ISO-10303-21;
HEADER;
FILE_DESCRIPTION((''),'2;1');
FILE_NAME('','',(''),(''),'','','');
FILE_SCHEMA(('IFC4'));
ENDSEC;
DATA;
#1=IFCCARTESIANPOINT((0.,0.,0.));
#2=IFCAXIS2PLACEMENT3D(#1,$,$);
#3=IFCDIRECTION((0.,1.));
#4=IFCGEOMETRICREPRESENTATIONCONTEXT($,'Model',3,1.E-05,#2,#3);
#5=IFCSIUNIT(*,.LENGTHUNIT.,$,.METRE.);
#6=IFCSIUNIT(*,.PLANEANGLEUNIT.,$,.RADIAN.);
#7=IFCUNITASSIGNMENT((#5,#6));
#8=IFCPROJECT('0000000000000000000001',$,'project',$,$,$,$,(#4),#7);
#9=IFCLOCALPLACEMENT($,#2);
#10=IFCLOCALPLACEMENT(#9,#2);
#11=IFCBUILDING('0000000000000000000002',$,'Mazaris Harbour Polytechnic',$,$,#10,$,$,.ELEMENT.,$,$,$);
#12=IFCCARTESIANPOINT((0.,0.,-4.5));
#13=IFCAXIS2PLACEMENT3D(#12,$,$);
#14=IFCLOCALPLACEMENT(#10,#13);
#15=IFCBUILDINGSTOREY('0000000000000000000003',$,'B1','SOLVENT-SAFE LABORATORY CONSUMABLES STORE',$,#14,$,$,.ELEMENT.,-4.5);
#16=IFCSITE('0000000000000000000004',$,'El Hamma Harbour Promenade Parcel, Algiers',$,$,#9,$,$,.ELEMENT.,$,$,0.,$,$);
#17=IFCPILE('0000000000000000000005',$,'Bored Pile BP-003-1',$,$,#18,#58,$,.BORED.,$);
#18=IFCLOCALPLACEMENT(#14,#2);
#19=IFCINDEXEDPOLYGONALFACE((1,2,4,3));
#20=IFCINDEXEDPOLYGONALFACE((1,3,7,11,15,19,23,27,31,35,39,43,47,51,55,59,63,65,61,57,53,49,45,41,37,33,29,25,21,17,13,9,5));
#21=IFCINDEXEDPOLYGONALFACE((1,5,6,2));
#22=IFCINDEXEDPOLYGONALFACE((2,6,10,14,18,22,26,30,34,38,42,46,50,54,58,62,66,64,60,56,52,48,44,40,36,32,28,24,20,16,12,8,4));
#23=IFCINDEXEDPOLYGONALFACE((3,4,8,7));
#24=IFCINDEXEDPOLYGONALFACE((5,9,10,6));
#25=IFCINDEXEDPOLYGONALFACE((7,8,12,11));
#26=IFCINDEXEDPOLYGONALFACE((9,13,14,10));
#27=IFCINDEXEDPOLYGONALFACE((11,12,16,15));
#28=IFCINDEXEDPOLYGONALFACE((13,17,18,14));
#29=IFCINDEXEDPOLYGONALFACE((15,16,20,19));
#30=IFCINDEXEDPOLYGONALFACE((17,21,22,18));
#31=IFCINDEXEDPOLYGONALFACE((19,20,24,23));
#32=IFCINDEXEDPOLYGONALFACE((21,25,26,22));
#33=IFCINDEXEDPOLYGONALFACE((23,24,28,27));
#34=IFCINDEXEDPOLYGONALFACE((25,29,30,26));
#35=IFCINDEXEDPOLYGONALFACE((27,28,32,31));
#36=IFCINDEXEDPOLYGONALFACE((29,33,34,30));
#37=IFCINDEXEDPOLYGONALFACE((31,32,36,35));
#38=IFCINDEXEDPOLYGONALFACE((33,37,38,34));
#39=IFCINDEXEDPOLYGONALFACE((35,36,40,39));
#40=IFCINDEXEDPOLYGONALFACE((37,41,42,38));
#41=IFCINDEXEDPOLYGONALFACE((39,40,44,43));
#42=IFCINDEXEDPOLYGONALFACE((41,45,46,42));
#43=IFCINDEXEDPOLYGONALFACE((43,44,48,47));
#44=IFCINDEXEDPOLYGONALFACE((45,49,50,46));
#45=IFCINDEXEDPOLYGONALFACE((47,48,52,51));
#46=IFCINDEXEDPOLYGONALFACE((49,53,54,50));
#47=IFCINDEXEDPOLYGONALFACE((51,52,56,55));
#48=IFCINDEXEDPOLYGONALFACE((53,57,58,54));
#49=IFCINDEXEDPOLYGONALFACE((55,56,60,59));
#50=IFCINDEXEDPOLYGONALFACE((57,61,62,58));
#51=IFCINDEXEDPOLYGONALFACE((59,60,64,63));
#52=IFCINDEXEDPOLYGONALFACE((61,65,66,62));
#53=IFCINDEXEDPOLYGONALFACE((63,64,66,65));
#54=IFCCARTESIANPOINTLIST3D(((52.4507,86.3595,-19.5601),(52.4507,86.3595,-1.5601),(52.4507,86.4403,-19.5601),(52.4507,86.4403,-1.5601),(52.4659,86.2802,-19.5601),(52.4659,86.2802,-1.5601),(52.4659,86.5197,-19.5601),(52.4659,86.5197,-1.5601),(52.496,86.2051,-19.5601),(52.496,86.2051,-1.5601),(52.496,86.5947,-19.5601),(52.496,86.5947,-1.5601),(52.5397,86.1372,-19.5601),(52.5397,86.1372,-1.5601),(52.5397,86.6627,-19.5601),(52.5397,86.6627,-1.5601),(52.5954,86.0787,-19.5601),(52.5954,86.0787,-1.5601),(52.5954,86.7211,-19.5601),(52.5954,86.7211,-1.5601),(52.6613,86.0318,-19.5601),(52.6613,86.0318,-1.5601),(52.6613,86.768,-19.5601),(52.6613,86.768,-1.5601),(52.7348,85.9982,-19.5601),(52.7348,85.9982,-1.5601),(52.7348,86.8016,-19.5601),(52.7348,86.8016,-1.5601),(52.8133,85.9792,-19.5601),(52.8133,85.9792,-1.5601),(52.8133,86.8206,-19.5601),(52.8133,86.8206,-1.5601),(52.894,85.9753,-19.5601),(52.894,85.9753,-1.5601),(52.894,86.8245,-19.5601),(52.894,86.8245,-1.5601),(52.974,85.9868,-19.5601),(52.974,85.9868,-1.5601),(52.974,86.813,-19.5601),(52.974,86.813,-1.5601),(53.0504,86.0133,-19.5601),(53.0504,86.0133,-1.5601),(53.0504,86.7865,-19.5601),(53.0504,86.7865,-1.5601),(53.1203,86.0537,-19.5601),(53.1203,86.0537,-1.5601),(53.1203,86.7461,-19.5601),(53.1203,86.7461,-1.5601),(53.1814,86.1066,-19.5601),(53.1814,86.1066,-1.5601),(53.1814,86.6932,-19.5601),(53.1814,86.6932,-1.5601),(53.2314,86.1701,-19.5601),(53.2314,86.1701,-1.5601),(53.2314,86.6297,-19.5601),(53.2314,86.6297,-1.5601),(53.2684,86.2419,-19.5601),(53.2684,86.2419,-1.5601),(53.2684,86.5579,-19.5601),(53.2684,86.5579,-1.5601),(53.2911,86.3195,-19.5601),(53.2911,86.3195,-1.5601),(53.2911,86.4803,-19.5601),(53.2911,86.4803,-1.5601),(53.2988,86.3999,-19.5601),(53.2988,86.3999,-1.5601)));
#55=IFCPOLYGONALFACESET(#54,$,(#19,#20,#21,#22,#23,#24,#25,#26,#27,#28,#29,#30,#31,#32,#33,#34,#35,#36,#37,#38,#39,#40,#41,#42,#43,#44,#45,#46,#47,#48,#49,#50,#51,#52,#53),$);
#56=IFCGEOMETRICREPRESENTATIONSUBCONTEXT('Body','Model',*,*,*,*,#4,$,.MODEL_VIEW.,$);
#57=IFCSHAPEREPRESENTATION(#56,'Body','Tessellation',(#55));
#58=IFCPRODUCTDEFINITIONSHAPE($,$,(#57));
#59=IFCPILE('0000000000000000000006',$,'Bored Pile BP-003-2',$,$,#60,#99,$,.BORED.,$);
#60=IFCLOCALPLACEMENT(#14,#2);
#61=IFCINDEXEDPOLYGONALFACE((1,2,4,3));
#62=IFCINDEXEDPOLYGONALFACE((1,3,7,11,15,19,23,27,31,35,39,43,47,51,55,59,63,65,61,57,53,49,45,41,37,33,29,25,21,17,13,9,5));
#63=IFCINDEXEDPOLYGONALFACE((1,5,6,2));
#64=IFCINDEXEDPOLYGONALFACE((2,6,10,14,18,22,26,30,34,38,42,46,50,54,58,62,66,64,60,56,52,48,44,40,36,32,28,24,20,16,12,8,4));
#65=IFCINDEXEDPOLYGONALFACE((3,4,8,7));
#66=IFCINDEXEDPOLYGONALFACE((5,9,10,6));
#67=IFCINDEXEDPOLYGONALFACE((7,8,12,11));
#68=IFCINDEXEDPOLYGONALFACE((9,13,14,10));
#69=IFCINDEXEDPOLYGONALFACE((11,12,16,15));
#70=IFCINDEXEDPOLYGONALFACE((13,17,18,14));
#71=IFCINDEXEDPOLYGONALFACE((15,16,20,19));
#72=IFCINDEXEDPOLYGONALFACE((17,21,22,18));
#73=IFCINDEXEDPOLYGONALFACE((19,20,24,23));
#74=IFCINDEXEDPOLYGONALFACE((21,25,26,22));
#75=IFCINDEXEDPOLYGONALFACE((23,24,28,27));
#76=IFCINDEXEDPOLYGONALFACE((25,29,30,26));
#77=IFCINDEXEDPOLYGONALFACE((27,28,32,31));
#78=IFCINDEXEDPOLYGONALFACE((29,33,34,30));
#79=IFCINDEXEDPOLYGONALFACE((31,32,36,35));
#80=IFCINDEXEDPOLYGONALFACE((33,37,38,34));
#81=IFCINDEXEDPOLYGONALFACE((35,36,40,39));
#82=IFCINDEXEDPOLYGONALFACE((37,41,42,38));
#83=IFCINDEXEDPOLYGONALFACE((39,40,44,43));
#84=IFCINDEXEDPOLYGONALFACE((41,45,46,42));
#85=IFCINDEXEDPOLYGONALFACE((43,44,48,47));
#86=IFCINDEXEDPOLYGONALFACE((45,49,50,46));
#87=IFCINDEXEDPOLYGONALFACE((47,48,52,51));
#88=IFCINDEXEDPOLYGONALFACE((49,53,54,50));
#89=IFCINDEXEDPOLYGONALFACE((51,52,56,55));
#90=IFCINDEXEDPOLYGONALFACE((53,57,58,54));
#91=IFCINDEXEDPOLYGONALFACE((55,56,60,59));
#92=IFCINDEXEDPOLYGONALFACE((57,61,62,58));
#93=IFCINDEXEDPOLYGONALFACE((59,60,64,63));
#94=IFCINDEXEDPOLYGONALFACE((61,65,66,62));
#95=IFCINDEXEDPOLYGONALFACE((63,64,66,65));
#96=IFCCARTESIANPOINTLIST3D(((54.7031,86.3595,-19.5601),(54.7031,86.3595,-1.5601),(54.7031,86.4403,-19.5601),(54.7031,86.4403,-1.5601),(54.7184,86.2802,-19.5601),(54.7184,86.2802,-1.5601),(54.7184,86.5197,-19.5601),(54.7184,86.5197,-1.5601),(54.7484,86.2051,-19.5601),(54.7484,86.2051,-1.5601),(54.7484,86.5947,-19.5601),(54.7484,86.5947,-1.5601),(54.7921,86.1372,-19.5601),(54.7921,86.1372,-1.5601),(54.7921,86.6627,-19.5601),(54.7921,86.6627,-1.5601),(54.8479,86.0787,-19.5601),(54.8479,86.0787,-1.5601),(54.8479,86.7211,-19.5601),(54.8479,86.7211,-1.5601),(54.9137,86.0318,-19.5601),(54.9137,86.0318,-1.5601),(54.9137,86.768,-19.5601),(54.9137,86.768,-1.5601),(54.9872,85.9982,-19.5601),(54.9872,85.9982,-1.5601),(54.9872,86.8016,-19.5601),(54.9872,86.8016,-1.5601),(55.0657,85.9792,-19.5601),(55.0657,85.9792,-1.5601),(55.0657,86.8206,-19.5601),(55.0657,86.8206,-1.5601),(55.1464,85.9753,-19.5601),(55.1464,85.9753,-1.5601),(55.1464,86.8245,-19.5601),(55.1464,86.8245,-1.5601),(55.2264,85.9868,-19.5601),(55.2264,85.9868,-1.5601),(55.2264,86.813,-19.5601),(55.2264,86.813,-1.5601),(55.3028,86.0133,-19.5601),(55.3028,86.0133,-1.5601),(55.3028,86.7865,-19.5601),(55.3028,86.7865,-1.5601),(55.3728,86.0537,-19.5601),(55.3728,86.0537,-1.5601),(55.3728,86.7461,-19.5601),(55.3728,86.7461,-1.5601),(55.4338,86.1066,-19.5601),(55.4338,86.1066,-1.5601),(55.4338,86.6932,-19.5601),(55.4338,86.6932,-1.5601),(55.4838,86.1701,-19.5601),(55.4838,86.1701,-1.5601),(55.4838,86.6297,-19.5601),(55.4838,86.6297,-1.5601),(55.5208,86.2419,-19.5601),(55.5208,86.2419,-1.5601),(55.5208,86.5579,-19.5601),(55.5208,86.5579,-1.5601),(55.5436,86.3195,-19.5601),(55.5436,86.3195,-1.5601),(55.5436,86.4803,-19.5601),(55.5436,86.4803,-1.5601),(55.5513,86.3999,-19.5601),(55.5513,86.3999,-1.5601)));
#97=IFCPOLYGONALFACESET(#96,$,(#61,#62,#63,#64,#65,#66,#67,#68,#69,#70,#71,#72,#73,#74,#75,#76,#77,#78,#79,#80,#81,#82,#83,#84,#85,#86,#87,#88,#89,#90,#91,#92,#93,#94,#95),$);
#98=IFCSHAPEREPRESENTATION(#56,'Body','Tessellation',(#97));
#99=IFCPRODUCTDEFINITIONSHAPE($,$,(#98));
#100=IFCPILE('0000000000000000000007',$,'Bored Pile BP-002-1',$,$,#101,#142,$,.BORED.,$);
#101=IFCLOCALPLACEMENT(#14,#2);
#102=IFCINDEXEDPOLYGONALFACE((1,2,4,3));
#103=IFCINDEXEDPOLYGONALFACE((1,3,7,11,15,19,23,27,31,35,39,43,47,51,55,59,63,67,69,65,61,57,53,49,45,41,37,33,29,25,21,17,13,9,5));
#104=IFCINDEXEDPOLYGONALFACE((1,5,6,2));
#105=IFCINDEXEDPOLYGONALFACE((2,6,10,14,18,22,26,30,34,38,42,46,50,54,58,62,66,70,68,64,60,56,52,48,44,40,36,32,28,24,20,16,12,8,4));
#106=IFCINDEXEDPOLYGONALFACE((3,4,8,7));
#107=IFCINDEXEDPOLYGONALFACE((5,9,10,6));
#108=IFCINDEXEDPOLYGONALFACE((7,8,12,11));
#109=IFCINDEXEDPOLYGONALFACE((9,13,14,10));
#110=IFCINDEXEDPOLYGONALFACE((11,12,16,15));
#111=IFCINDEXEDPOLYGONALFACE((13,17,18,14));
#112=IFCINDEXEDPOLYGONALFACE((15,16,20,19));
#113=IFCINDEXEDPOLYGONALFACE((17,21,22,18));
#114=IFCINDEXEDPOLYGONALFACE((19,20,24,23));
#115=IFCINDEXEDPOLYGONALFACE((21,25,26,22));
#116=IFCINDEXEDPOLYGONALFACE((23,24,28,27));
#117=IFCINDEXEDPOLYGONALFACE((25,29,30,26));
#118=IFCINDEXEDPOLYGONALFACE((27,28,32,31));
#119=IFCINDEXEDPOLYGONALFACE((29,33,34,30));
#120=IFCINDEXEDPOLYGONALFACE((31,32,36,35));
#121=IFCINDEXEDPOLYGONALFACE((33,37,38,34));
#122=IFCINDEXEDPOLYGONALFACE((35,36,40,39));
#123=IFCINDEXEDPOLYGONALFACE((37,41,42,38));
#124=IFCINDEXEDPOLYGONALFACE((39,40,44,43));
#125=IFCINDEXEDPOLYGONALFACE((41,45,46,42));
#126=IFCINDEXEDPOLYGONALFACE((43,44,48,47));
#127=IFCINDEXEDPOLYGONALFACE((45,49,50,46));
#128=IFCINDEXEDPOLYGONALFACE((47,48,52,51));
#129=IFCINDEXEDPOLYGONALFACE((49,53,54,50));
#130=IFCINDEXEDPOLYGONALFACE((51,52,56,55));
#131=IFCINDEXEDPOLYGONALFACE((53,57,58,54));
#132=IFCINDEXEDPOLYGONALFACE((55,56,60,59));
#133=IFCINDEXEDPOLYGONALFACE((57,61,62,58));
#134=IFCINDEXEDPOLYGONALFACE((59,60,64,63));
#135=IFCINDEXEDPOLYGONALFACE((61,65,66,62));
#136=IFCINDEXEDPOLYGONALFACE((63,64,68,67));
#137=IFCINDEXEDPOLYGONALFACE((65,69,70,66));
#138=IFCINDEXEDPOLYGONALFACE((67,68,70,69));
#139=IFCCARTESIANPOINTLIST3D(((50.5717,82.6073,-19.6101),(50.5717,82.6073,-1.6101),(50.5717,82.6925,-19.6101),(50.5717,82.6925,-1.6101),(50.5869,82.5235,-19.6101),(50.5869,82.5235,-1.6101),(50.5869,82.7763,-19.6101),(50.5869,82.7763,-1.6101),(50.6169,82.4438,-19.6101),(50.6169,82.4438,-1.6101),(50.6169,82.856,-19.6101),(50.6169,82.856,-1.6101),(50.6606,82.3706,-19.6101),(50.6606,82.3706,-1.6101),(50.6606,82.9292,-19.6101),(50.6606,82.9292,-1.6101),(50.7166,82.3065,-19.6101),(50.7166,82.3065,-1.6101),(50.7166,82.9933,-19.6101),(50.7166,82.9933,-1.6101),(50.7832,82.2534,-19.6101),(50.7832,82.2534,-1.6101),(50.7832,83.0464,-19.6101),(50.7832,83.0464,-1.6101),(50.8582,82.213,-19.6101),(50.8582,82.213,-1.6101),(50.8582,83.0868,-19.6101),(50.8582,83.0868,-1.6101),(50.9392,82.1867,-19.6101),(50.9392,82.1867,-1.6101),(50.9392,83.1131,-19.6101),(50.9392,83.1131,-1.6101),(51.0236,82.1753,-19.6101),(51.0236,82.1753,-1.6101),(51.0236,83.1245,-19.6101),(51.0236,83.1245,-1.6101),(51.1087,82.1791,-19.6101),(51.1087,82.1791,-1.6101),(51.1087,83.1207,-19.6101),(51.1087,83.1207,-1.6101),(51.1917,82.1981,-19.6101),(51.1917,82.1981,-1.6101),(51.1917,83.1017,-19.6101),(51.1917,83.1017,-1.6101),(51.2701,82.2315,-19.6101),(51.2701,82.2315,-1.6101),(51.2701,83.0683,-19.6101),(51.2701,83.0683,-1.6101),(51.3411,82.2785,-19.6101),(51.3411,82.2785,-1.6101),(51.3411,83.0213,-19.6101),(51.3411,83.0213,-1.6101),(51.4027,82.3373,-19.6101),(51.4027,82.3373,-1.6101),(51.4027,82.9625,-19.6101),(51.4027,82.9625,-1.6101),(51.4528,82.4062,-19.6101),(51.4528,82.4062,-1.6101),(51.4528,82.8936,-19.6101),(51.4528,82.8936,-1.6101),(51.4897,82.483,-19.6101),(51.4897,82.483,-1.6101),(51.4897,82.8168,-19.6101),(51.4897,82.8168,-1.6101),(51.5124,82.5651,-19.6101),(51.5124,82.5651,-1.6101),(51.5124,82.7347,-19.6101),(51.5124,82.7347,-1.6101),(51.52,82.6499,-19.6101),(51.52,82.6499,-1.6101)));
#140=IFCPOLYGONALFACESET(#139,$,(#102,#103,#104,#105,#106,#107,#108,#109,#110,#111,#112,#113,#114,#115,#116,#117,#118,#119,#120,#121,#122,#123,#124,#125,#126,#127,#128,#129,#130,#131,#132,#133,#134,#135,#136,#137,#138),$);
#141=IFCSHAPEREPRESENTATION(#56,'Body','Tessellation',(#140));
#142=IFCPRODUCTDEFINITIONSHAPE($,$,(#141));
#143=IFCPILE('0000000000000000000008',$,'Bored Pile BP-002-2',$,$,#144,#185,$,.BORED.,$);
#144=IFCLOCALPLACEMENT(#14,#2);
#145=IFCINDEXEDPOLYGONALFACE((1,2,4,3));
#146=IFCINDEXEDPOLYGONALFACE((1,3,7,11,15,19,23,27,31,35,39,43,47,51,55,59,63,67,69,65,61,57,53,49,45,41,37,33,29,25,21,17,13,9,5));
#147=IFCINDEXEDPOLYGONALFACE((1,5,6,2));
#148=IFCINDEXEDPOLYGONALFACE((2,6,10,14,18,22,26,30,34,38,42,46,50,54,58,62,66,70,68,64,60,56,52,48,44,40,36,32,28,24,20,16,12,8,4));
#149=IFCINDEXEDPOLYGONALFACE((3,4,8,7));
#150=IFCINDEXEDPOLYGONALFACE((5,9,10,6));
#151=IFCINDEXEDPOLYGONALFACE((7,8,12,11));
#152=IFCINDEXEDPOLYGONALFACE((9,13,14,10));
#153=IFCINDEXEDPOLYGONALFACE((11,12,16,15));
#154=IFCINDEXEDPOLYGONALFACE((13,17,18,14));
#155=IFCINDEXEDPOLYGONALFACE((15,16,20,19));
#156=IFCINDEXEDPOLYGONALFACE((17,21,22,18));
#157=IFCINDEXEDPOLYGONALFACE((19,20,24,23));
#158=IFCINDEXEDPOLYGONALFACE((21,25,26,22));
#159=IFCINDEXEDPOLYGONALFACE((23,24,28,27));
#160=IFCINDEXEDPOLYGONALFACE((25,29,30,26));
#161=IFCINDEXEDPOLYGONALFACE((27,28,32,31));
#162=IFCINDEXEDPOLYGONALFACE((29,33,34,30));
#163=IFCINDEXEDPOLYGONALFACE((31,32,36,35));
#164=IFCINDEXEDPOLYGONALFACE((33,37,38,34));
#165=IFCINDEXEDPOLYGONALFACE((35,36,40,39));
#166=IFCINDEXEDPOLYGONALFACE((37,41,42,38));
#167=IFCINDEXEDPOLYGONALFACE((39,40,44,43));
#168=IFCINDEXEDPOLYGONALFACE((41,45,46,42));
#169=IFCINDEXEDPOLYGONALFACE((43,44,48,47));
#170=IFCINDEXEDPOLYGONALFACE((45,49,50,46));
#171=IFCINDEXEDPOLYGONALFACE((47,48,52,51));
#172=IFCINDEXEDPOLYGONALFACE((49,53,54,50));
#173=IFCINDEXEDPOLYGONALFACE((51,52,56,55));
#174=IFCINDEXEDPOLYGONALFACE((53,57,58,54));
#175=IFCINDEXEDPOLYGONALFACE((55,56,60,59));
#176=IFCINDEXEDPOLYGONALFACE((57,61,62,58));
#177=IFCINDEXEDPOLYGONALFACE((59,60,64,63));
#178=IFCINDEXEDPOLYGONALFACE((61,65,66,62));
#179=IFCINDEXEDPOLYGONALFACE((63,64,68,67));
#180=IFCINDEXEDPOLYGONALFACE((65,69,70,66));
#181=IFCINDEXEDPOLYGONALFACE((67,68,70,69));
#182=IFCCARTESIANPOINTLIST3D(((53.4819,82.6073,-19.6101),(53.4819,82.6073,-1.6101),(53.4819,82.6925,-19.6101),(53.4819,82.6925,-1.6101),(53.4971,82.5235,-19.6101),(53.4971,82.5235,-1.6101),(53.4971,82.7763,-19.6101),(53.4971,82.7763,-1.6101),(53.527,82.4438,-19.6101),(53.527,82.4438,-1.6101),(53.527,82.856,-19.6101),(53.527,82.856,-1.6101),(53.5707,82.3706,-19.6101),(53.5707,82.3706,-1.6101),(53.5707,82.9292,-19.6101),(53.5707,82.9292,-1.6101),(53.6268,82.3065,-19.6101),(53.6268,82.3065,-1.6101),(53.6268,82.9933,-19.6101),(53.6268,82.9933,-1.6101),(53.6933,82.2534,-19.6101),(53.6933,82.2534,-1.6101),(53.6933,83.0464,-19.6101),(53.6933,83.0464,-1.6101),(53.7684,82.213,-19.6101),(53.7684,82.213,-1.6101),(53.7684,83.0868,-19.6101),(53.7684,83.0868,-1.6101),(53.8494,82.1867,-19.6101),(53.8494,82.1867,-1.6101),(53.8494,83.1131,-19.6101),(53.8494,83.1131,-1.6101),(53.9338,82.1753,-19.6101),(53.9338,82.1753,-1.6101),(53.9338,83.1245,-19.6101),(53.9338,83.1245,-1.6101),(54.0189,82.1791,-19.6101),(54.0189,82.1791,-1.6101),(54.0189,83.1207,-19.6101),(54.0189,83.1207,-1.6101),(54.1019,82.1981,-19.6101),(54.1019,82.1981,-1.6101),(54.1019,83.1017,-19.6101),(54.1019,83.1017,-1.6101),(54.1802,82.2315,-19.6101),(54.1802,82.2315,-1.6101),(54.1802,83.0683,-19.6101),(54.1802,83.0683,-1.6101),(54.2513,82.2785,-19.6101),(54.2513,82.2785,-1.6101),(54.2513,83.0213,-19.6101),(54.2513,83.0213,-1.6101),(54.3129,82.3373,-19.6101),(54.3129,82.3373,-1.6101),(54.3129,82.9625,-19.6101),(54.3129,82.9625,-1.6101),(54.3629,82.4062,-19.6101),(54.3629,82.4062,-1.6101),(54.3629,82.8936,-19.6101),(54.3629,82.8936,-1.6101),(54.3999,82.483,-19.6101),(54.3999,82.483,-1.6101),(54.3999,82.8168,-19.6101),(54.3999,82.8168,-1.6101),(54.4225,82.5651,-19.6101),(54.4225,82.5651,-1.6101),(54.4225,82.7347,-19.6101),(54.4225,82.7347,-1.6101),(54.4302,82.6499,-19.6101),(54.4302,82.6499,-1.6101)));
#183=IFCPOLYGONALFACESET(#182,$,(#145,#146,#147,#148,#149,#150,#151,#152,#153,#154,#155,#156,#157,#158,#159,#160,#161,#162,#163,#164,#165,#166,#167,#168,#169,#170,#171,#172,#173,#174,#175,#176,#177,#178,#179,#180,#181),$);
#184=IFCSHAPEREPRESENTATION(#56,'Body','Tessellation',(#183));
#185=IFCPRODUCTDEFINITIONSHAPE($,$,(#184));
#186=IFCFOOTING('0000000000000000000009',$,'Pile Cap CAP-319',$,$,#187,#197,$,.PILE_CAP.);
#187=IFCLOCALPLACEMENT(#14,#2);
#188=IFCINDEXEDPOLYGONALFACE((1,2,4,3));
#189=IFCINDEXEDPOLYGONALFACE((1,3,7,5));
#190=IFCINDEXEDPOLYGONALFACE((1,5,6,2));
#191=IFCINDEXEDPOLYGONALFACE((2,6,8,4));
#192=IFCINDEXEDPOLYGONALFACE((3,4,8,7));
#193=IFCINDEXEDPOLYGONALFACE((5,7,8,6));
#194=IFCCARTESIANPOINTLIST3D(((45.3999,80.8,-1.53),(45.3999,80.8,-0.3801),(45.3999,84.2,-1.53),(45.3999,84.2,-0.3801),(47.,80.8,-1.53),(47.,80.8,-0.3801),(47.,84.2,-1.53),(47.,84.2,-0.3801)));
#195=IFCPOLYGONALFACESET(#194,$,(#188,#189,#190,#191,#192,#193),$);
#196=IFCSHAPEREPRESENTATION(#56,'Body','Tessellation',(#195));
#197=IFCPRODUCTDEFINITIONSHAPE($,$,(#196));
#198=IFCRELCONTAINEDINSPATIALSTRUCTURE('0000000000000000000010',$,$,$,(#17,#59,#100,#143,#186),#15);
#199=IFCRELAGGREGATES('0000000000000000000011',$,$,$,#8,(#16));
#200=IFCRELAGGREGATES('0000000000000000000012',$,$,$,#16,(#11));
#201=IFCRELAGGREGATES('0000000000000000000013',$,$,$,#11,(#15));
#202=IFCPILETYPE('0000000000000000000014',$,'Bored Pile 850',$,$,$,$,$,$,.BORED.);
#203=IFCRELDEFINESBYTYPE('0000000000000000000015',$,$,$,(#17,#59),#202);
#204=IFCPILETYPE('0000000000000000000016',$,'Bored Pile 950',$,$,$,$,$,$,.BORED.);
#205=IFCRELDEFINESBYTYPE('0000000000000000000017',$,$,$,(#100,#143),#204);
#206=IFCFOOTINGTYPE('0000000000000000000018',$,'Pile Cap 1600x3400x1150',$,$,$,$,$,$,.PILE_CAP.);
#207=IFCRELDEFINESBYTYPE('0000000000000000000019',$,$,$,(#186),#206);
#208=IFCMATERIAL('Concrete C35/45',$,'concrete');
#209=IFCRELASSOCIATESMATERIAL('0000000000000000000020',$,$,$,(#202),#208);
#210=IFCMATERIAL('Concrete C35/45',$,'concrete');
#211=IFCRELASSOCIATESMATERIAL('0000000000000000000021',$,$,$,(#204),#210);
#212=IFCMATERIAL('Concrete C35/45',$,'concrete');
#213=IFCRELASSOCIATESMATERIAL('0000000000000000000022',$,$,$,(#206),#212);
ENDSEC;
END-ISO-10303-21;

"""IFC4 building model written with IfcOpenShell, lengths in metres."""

from ifc_helpers import new_model, si_unit, direction, frame, origin, origin_2d, place, context, subcontext, project, spatial, rectangle, circle, extrude, material, material_profile, profile_set, type_object, element, save


model = new_model("IFC4")

# Units and contexts
model_context = context("Model", 3, precision=1e-05, world=origin(), true_north=direction((0.0, 1.0)))
body_context = subcontext(model_context, "Body", "Model", "MODEL_VIEW")
ifc_project = project(units=[si_unit("LENGTHUNIT", "METRE"), si_unit("PLANEANGLEUNIT", "RADIAN")], contexts=[model_context])

# Site, building, storey
site_placement = place(None, origin())
site = spatial("IfcSite", under=ifc_project, at=site_placement, Name="El Hamma Harbour Promenade Parcel, Algiers", CompositionType="ELEMENT", RefElevation=0.0)
building_placement = place(site_placement, origin())
building = spatial("IfcBuilding", under=site, at=building_placement, Name="Mazaris Harbour Polytechnic", CompositionType="ELEMENT")
storey_placement = place(building_placement, frame((0.0, 0.0, -4.5)))
storey = spatial("IfcBuildingStorey", under=building, at=storey_placement, Name="B1", Description="SOLVENT-SAFE LABORATORY CONSUMABLES STORE", CompositionType="ELEMENT", Elevation=-4.5)

# Piles
ifc_material_1 = material(Name="Concrete C35/45", Category="concrete")
ifc_material_profile_1 = material_profile(ifc_material_1, circle(Radius=0.425, at=origin_2d()), Name="DIA850")
ifc_profile_set_1 = profile_set([ifc_material_profile_1], Name="Concrete C35/45")
pile_type_1 = type_object("IfcPileType", Name="Bored Pile 850", PredefinedType="BORED", material=ifc_profile_set_1)
for number, where, z_axis, x_axis, name in (
    (1, (52.8738, 86.3999, -1.5601), (0.0, 0.0, -1.0), (1.0, 0.0, 0.0), "Bored Pile BP-003-1"),
    (2, (55.1262, 86.3999, -1.5601), (0.0, 0.0, -1.0), (1.0, 0.0, 0.0), "Bored Pile BP-003-2"),
):
    element("IfcPile", number, at=place(storey_placement, frame(where, z_axis=z_axis, x_axis=x_axis)), inside=storey, type_object=pile_type_1, Name=name, PredefinedType="BORED", context=body_context, shape_type="SweptSolid", body=[
        extrude(circle(Radius=0.425, at=origin_2d()), origin(), (0.0, 0.0, 1.0), 18.0),
    ])
ifc_material_2 = material(Name="Concrete C35/45", Category="concrete")
ifc_material_profile_2 = material_profile(ifc_material_2, circle(Radius=0.4751, at=origin_2d()), Name="DIA950")
ifc_profile_set_2 = profile_set([ifc_material_profile_2], Name="Concrete C35/45")
pile_type_2 = type_object("IfcPileType", Name="Bored Pile 950", PredefinedType="BORED", material=ifc_profile_set_2)
for number, where, z_axis, x_axis, name in (
    (3, (51.0449, 82.6499, -1.6101), (0.0, 0.0, -1.0), (1.0, 0.0, 0.0), "Bored Pile BP-002-1"),
    (4, (53.9551, 82.6499, -1.6101), (0.0, 0.0, -1.0), (1.0, 0.0, 0.0), "Bored Pile BP-002-2"),
):
    element("IfcPile", number, at=place(storey_placement, frame(where, z_axis=z_axis, x_axis=x_axis)), inside=storey, type_object=pile_type_2, Name=name, PredefinedType="BORED", context=body_context, shape_type="SweptSolid", body=[
        extrude(circle(Radius=0.4751, at=origin_2d()), origin(), (0.0, 0.0, 1.0), 18.0),
    ])

# Footing
ifc_material_3 = material(Name="Concrete C35/45", Category="concrete")
footing_type_1 = type_object("IfcFootingType", Name="Pile Cap 1600x3400x1150", PredefinedType="PILE_CAP", material=ifc_material_3)
footing_1_placement = place(storey_placement, frame((46.2, 82.5, -1.53), z_axis=(0.0, 0.0, 1.0), x_axis=(1.0, 0.0, 0.0)))
element("IfcFooting", 5, at=footing_1_placement, inside=storey, type_object=footing_type_1, Name="Pile Cap CAP-319", PredefinedType="PILE_CAP", context=body_context, shape_type="SweptSolid", body=[
    extrude(rectangle(XDim=1.6001, YDim=3.3999, at=origin_2d()), origin(), (0.0, 0.0, 1.0), 1.1499),
])

save(model, "model.ifc")
